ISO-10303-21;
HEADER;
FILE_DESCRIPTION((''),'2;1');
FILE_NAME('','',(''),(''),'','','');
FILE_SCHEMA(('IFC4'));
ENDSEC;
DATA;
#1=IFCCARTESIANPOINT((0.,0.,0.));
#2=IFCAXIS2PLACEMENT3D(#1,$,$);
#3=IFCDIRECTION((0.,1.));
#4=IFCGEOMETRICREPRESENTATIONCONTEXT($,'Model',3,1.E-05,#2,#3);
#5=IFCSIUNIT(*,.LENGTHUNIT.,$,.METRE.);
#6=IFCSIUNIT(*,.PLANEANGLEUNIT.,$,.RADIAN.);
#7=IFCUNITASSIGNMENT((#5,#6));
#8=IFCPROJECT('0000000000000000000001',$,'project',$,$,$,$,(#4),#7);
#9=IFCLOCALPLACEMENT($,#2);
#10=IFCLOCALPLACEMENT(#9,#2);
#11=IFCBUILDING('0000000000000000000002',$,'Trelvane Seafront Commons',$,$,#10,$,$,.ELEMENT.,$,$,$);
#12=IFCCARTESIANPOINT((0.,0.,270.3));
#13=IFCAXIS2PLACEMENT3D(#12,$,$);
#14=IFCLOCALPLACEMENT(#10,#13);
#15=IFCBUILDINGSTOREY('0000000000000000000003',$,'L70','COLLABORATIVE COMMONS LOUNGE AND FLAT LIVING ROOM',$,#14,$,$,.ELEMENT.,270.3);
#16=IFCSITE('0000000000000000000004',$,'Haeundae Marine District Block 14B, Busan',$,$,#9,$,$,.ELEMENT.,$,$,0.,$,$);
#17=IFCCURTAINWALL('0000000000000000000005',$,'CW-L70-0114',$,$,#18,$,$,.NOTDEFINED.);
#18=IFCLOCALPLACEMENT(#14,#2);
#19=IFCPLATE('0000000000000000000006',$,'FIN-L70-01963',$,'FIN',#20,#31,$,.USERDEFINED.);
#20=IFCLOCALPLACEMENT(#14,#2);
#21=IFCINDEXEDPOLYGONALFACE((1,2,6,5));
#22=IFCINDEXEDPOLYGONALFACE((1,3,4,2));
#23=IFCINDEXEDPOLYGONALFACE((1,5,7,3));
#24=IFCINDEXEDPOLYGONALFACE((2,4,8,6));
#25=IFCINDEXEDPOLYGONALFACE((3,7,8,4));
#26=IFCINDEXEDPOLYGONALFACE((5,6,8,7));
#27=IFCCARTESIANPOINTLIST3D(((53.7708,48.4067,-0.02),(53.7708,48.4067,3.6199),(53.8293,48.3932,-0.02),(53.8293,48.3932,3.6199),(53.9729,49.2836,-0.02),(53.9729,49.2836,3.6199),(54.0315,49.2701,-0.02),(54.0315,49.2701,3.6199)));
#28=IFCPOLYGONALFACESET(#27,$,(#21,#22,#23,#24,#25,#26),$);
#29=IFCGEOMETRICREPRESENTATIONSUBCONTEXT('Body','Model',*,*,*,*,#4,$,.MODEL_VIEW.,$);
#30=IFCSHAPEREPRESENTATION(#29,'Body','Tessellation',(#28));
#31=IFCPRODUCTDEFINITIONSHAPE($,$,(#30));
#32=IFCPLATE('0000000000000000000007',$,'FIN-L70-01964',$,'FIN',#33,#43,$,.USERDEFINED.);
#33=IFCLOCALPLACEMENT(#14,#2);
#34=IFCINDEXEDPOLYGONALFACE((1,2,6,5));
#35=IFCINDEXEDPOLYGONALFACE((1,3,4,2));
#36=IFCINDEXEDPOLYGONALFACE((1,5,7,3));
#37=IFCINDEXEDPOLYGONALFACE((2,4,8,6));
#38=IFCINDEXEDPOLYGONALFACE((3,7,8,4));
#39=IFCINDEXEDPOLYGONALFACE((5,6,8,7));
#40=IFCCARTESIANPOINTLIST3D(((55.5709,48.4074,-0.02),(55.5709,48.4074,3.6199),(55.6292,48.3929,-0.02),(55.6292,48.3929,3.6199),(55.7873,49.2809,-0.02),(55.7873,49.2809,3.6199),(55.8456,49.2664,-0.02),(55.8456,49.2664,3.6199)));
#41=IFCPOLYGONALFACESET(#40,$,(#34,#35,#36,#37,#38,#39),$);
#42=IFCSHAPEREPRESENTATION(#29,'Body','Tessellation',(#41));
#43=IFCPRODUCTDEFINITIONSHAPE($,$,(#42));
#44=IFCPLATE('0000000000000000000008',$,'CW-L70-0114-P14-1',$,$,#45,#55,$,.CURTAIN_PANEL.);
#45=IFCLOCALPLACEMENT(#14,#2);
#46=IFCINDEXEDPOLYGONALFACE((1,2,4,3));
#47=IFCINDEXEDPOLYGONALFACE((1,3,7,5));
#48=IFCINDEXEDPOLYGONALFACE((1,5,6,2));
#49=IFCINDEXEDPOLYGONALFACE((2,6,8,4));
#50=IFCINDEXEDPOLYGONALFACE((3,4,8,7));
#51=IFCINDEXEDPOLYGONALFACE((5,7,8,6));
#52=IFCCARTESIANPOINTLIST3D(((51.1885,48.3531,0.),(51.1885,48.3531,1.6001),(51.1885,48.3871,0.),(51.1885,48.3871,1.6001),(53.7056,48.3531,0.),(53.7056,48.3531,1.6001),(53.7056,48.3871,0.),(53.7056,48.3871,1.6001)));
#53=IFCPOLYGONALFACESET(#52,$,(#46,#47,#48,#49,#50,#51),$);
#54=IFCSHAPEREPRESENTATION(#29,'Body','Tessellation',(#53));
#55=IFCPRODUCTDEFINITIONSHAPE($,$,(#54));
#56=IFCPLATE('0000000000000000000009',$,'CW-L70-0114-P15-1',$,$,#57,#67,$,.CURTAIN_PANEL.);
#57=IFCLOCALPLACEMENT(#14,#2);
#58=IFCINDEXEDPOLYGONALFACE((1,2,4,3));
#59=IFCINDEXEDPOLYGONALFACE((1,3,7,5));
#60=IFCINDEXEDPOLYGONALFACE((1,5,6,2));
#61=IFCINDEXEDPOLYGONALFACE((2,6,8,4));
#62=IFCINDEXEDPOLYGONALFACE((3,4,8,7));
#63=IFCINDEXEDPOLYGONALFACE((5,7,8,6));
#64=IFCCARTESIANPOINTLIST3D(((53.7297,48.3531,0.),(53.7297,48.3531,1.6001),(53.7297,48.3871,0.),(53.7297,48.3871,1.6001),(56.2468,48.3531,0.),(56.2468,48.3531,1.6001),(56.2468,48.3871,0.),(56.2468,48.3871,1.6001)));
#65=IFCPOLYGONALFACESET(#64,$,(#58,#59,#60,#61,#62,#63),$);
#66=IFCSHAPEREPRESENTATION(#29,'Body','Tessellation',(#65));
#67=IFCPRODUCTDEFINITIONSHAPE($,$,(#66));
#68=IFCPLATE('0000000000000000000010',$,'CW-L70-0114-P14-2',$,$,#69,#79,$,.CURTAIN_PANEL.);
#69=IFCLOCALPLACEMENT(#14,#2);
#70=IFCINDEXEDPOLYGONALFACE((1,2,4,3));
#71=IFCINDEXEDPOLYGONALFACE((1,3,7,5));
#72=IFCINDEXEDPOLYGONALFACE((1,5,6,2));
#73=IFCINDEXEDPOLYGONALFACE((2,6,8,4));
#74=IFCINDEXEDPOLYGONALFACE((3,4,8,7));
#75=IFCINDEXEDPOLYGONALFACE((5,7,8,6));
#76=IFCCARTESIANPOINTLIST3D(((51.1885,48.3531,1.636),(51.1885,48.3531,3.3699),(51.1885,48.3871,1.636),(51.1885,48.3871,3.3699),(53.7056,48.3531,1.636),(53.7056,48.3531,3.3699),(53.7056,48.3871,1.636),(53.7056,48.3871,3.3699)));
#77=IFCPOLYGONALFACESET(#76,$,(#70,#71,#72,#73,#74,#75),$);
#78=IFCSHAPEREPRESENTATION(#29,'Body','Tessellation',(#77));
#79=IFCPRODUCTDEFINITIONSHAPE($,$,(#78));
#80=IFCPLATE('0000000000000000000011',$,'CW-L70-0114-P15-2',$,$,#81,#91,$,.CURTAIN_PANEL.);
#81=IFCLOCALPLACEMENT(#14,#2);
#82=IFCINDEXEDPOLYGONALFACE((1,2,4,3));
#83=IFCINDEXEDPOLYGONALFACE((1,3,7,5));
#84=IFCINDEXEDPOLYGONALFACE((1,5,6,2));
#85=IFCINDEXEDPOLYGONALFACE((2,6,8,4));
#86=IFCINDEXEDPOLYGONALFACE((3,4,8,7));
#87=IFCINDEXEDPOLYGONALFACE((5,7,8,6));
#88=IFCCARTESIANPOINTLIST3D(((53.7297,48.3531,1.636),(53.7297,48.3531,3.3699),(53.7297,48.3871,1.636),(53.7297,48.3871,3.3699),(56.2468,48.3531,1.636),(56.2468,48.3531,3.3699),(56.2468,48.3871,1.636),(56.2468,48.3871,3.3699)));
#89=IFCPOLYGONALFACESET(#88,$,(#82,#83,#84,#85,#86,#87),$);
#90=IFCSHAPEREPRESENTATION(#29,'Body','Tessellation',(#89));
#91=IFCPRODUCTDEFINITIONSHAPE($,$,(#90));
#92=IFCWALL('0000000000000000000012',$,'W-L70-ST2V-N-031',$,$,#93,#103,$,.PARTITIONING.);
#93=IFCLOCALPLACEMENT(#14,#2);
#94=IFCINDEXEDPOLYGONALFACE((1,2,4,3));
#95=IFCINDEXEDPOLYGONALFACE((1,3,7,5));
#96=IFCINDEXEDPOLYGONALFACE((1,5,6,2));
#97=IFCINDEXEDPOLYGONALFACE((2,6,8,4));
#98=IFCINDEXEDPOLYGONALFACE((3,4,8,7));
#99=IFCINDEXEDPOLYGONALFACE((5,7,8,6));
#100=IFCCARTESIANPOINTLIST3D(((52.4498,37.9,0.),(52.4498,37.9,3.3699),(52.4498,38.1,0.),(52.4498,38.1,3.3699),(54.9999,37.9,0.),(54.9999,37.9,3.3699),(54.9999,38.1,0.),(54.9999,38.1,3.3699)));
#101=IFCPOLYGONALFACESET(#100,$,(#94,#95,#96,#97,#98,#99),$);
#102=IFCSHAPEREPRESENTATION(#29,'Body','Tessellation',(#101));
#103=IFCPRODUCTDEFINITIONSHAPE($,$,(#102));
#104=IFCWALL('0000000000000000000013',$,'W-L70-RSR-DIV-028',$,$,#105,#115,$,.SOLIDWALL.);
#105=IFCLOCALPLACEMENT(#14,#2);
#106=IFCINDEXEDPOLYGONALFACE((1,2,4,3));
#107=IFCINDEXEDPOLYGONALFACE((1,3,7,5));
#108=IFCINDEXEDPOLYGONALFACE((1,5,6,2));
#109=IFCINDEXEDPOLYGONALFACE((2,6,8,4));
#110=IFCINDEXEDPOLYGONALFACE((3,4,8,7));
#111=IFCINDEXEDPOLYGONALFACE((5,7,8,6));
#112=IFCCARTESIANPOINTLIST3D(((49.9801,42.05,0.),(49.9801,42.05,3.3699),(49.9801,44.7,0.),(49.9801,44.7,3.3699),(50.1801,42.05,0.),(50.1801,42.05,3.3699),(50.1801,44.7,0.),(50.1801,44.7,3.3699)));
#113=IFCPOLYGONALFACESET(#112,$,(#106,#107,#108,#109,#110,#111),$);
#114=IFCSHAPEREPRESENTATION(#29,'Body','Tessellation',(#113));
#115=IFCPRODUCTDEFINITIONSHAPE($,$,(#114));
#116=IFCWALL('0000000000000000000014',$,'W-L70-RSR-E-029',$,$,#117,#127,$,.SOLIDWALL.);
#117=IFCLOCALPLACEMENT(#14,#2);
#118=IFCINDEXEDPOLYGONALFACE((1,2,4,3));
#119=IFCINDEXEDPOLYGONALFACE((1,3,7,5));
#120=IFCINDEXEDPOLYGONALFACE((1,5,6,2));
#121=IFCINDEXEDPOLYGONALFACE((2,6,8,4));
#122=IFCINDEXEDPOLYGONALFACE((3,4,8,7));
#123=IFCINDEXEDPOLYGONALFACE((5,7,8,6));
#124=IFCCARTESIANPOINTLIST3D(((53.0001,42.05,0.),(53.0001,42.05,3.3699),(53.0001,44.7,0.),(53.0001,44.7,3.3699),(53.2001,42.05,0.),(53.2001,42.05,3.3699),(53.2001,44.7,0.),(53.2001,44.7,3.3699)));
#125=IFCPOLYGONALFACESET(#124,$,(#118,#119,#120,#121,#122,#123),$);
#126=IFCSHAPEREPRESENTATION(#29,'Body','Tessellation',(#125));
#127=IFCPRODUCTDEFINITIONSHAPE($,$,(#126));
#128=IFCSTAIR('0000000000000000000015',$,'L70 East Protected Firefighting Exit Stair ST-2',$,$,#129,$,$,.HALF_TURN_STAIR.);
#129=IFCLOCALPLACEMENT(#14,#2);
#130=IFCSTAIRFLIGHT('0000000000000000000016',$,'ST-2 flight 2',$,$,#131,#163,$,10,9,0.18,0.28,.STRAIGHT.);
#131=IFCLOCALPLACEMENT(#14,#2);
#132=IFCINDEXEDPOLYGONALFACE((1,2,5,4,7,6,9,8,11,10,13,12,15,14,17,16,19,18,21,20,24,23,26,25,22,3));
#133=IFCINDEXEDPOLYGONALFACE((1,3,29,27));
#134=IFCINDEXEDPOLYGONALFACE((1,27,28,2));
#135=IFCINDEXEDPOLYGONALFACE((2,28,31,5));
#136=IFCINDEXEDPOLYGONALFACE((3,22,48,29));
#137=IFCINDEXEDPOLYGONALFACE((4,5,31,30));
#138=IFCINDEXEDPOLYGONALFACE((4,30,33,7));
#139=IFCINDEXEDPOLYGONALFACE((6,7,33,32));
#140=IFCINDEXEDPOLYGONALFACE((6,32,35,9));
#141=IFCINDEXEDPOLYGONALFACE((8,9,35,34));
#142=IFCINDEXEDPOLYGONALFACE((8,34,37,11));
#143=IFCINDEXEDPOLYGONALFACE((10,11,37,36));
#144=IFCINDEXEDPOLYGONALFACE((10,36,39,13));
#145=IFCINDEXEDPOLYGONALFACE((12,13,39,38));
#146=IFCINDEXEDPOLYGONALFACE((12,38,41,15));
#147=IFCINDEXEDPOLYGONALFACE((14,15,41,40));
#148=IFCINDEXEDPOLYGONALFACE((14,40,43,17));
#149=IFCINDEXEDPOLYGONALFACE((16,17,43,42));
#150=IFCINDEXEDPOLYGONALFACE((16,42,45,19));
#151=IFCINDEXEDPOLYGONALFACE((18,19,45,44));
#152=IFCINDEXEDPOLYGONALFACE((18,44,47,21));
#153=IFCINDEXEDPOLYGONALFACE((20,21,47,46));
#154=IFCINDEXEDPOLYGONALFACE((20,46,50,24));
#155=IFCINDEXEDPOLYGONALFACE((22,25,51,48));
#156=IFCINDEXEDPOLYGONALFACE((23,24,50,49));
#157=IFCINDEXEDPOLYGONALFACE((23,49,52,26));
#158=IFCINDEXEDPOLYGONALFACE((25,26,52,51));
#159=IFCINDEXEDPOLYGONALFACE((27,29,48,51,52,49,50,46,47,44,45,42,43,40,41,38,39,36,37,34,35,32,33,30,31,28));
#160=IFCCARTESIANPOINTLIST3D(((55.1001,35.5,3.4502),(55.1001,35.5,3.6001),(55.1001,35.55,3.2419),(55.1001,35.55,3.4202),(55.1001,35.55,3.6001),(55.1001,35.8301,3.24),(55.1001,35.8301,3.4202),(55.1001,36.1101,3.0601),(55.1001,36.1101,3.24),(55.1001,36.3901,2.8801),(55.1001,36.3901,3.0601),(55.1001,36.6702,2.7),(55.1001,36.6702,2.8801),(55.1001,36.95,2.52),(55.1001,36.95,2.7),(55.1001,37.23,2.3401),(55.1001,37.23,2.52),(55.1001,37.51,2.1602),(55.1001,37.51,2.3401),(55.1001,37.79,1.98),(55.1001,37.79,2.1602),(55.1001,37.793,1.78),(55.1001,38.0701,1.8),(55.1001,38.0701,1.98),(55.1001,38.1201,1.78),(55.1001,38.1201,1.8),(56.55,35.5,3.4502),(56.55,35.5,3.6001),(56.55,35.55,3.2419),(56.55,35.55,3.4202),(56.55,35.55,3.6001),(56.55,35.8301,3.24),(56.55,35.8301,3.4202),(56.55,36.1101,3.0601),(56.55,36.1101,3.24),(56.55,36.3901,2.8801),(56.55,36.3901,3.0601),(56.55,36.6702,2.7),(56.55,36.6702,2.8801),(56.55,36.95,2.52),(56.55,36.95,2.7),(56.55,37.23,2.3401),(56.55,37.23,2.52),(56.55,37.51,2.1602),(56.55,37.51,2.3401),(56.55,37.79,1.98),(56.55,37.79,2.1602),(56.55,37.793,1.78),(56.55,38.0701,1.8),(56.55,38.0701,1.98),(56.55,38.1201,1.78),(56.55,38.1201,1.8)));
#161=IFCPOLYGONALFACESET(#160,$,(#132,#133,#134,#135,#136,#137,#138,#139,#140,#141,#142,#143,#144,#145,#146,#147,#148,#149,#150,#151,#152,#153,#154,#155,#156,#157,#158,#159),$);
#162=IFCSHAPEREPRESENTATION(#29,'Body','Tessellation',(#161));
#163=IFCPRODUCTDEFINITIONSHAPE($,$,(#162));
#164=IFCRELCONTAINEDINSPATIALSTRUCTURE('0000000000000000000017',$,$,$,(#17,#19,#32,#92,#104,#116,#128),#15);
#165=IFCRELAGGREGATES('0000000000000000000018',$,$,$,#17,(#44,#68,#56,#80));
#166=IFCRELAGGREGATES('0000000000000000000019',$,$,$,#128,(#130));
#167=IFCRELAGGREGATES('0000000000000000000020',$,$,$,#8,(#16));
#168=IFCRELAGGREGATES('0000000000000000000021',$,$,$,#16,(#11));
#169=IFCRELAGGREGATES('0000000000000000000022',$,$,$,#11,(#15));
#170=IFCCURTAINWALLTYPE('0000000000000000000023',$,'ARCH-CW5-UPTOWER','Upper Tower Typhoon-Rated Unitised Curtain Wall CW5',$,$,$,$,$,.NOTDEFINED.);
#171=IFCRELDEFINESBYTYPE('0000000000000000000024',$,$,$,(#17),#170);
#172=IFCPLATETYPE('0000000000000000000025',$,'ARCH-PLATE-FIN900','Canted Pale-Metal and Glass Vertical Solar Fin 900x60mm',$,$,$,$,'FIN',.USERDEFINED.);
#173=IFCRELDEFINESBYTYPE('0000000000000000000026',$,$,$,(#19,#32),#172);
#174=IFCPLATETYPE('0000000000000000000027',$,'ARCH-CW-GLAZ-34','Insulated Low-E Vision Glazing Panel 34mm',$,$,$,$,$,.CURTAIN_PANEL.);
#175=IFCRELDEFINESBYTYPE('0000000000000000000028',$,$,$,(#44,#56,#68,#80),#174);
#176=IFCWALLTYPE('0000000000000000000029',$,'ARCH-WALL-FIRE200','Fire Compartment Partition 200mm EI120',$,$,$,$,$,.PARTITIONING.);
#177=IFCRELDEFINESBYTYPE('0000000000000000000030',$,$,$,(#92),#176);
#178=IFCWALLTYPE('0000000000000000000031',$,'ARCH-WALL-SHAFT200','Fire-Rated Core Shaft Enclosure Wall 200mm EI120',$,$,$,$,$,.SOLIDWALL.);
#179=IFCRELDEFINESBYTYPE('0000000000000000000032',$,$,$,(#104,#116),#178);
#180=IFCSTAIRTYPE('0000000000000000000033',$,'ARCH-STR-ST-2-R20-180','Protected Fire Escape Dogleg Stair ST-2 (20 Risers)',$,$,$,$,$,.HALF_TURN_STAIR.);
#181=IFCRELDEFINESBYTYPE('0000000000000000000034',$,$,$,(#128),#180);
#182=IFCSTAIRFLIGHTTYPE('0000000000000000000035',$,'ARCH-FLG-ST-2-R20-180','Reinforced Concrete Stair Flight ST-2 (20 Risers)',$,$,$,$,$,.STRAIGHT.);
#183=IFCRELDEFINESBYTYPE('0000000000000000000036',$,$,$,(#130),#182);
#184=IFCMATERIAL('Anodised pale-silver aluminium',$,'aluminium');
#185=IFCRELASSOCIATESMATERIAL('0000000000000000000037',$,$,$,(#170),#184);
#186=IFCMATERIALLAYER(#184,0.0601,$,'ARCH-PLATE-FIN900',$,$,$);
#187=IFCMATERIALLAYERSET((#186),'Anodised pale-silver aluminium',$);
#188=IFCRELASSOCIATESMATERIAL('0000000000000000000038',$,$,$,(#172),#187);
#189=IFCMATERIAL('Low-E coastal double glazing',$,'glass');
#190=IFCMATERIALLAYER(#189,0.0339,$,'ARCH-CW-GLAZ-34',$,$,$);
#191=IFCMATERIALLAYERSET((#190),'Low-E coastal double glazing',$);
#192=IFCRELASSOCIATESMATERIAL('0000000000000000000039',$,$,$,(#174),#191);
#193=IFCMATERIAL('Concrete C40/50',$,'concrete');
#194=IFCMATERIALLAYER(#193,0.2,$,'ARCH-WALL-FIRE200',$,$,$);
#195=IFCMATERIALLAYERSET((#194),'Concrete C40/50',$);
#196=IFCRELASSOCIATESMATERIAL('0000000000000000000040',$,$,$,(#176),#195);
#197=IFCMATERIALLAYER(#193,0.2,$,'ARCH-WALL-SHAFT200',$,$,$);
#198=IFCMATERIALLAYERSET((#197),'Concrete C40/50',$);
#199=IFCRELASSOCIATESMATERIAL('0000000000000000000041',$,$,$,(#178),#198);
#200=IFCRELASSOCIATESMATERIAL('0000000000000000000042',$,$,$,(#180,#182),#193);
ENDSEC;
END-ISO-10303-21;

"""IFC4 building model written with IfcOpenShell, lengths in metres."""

from ifc_helpers import new_model, si_unit, direction, frame, frame_2d, origin, origin_2d, place, context, subcontext, project, spatial, polyline, rectangle, outline, extrude, source, transform, mapped, material, layer, layer_set, type_object, element, aggregate, save


model = new_model("IFC4")

# Units and contexts
model_context = context("Model", 3, precision=1e-05, world=origin(), true_north=direction((0.0, 1.0)))
body_context = subcontext(model_context, "Body", "Model", "MODEL_VIEW")
ifc_project = project(units=[si_unit("LENGTHUNIT", "METRE"), si_unit("PLANEANGLEUNIT", "RADIAN")], contexts=[model_context])

# Site, building, storey
site_placement = place(None, origin())
site = spatial("IfcSite", under=ifc_project, at=site_placement, Name="Haeundae Marine District Block 14B, Busan", CompositionType="ELEMENT", RefElevation=0.0)
building_placement = place(site_placement, origin())
building = spatial("IfcBuilding", under=site, at=building_placement, Name="Trelvane Seafront Commons", CompositionType="ELEMENT")
storey_placement = place(building_placement, frame((0.0, 0.0, 270.3)))
storey = spatial("IfcBuildingStorey", under=building, at=storey_placement, Name="L70", Description="COLLABORATIVE COMMONS LOUNGE AND FLAT LIVING ROOM", CompositionType="ELEMENT", Elevation=270.3)

# Curtain wall
ifc_material_1 = material(Name="Anodised pale-silver aluminium", Category="aluminium")
curtain_wall_type = type_object("IfcCurtainWallType", Name="ARCH-CW5-UPTOWER", Description="Upper Tower Typhoon-Rated Unitised Curtain Wall CW5", PredefinedType="NOTDEFINED", material=ifc_material_1)
curtain_wall_placement = place(storey_placement, origin())
curtain_wall = element("IfcCurtainWall", 1, at=curtain_wall_placement, inside=storey, type_object=curtain_wall_type, Name="CW-L70-0114", PredefinedType="NOTDEFINED")

# Plates
ifc_layer_1 = layer(ifc_material_1, 0.0601, Name="ARCH-PLATE-FIN900")
ifc_layer_set_1 = layer_set([ifc_layer_1], Name="Anodised pale-silver aluminium")
plate_type_1 = type_object("IfcPlateType", Name="ARCH-PLATE-FIN900", Description="Canted Pale-Metal and Glass Vertical Solar Fin 900x60mm", ElementType="FIN", PredefinedType="USERDEFINED", material=ifc_layer_set_1)
shared_shape_1 = source(origin(), body_context, "Body", "SweptSolid", [
    extrude(rectangle(XDim=0.8999, YDim=0.0601, at=origin_2d()), origin(), (0.0, 0.0, 1.0), 3.6399),
])
for number, where, z_axis, x_axis, name in (
    (2, (53.9011, 48.8384, -0.02), (0.0, 0.0, 1.0), (0.224665, 0.974436, 0.0), "FIN-L70-01963"),
    (3, (55.7083, 48.8369, -0.02), (0.0, 0.0, 1.0), (0.240443, 0.970663, 0.0), "FIN-L70-01964"),
):
    element("IfcPlate", number, at=place(storey_placement, frame(where, z_axis=z_axis, x_axis=x_axis)), inside=storey, type_object=plate_type_1, Name=name, ObjectType="FIN", PredefinedType="USERDEFINED", context=body_context, shape_type="MappedRepresentation", body=[
        mapped(shared_shape_1, transform((0.0, 0.0, 0.0), x_axis=(1.0, 0.0, 0.0), y_axis=(0.0, 1.0, 0.0), z_axis=(0.0, 0.0, 1.0), scale=1.0)),
    ])

# Plates
ifc_material_2 = material(Name="Low-E coastal double glazing", Category="glass")
ifc_layer_2 = layer(ifc_material_2, 0.0339, Name="ARCH-CW-GLAZ-34")
ifc_layer_set_2 = layer_set([ifc_layer_2], Name="Low-E coastal double glazing")
plate_type_2 = type_object("IfcPlateType", Name="ARCH-CW-GLAZ-34", Description="Insulated Low-E Vision Glazing Panel 34mm", PredefinedType="CURTAIN_PANEL", material=ifc_layer_set_2)
shared_shape_2 = source(origin(), body_context, "Body", "SweptSolid", [
    extrude(rectangle(XDim=2.5171, YDim=0.0339, at=origin_2d()), origin(), (0.0, 0.0, 1.0), 1.6001),
])
plate_1_placement = place(storey_placement, frame((52.447, 48.3701, 0.0), z_axis=(0.0, 0.0, 1.0), x_axis=(1.0, 0.0, 0.0)))
plate_1 = element("IfcPlate", 4, at=plate_1_placement, type_object=plate_type_2, Name="CW-L70-0114-P14-1", PredefinedType="CURTAIN_PANEL", context=body_context, shape_type="MappedRepresentation", body=[
    mapped(shared_shape_2, transform((0.0, 0.0, 0.0), x_axis=(1.0, 0.0, 0.0), y_axis=(0.0, 1.0, 0.0), z_axis=(0.0, 0.0, 1.0), scale=1.0)),
])
plate_2_placement = place(storey_placement, frame((54.9883, 48.3701, 0.0), z_axis=(0.0, 0.0, 1.0), x_axis=(1.0, 0.0, 0.0)))
plate_2 = element("IfcPlate", 5, at=plate_2_placement, type_object=plate_type_2, Name="CW-L70-0114-P15-1", PredefinedType="CURTAIN_PANEL", context=body_context, shape_type="MappedRepresentation", body=[
    mapped(shared_shape_2, transform((0.0, 0.0, 0.0), x_axis=(1.0, 0.0, 0.0), y_axis=(0.0, 1.0, 0.0), z_axis=(0.0, 0.0, 1.0), scale=1.0)),
])
shared_shape_3 = source(origin(), body_context, "Body", "SweptSolid", [
    extrude(rectangle(XDim=2.5171, YDim=0.0339, at=origin_2d()), origin(), (0.0, 0.0, 1.0), 1.7339),
])
plate_3_placement = place(storey_placement, frame((52.447, 48.3701, 1.636), z_axis=(0.0, 0.0, 1.0), x_axis=(1.0, 0.0, 0.0)))
plate_3 = element("IfcPlate", 6, at=plate_3_placement, type_object=plate_type_2, Name="CW-L70-0114-P14-2", PredefinedType="CURTAIN_PANEL", context=body_context, shape_type="MappedRepresentation", body=[
    mapped(shared_shape_3, transform((0.0, 0.0, 0.0), x_axis=(1.0, 0.0, 0.0), y_axis=(0.0, 1.0, 0.0), z_axis=(0.0, 0.0, 1.0), scale=1.0)),
])
plate_4_placement = place(storey_placement, frame((54.9883, 48.3701, 1.636), z_axis=(0.0, 0.0, 1.0), x_axis=(1.0, 0.0, 0.0)))
plate_4 = element("IfcPlate", 7, at=plate_4_placement, type_object=plate_type_2, Name="CW-L70-0114-P15-2", PredefinedType="CURTAIN_PANEL", context=body_context, shape_type="MappedRepresentation", body=[
    mapped(shared_shape_3, transform((0.0, 0.0, 0.0), x_axis=(1.0, 0.0, 0.0), y_axis=(0.0, 1.0, 0.0), z_axis=(0.0, 0.0, 1.0), scale=1.0)),
])
aggregate(curtain_wall, [plate_1, plate_3, plate_2, plate_4])

# Walls
ifc_material_3 = material(Name="Concrete C40/50", Category="concrete")
ifc_layer_3 = layer(ifc_material_3, 0.2, Name="ARCH-WALL-FIRE200")
ifc_layer_set_3 = layer_set([ifc_layer_3], Name="Concrete C40/50")
wall_type_1 = type_object("IfcWallType", Name="ARCH-WALL-FIRE200", Description="Fire Compartment Partition 200mm EI120", PredefinedType="PARTITIONING", material=ifc_layer_set_3)
wall_placement = place(storey_placement, frame((52.45, 38.0, 0.0), z_axis=(0.0, 0.0, 1.0), x_axis=(1.0, 0.0, 0.0)))
element("IfcWall", 8, at=wall_placement, inside=storey, type_object=wall_type_1, Name="W-L70-ST2V-N-031", PredefinedType="PARTITIONING", context=body_context, shape_type="SweptSolid", body=[
    extrude(rectangle(XDim=2.55, YDim=0.2, at=frame_2d((1.2749, 0.0))), origin(), (0.0, 0.0, 1.0), 3.3699),
])
ifc_layer_4 = layer(ifc_material_3, 0.2, Name="ARCH-WALL-SHAFT200")
ifc_layer_set_4 = layer_set([ifc_layer_4], Name="Concrete C40/50")
wall_type_2 = type_object("IfcWallType", Name="ARCH-WALL-SHAFT200", Description="Fire-Rated Core Shaft Enclosure Wall 200mm EI120", PredefinedType="SOLIDWALL", material=ifc_layer_set_4)
for number, where, z_axis, x_axis, name in (
    (9, (50.0801, 42.05, 0.0), (0.0, 0.0, 1.0), (0.0, 1.0, 0.0), "W-L70-RSR-DIV-028"),
    (10, (53.1001, 42.05, 0.0), (0.0, 0.0, 1.0), (0.0, 1.0, 0.0), "W-L70-RSR-E-029"),
):
    element("IfcWall", number, at=place(storey_placement, frame(where, z_axis=z_axis, x_axis=x_axis)), inside=storey, type_object=wall_type_2, Name=name, PredefinedType="SOLIDWALL", context=body_context, shape_type="SweptSolid", body=[
        extrude(rectangle(XDim=2.6499, YDim=0.2, at=frame_2d((1.325, 0.0))), origin(), (0.0, 0.0, 1.0), 3.3699),
    ])

# Stair, stair flight
stair_type = type_object("IfcStairType", Name="ARCH-STR-ST-2-R20-180", Description="Protected Fire Escape Dogleg Stair ST-2 (20 Risers)", PredefinedType="HALF_TURN_STAIR", material=ifc_material_3)
stair_placement = place(storey_placement, origin())
stair = element("IfcStair", 11, at=stair_placement, inside=storey, type_object=stair_type, Name="L70 East Protected Firefighting Exit Stair ST-2", PredefinedType="HALF_TURN_STAIR")
stair_flight_type = type_object("IfcStairFlightType", Name="ARCH-FLG-ST-2-R20-180", Description="Reinforced Concrete Stair Flight ST-2 (20 Risers)", PredefinedType="STRAIGHT", material=ifc_material_3)
shared_shape_4 = source(origin(), body_context, "Body", "SweptSolid", [
    extrude(outline(polyline([(-0.05, -0.02), (-0.05, 0.0), (0.0, 0.0), (0.0, 0.1799), (0.28, 0.1799), (0.28, 0.3601), (0.5601, 0.3601), (0.5601, 0.54), (0.8401, 0.54), (0.8401, 0.72), (1.1201, 0.72), (1.1201, 0.8999), (1.3999, 0.8999), (1.3999, 1.0801), (1.6799, 1.0801), (1.6799, 1.26), (1.96, 1.26), (1.96, 1.4399), (2.24, 1.4399), (2.24, 1.6201), (2.52, 1.6201), (2.52, 1.8), (2.5701, 1.8), (2.5701, 1.6501), (2.52, 1.4419), (0.2771, -0.02), (-0.05, -0.02)])), frame((0.0, 0.7251, 0.0), z_axis=(0.0, -1.0, 0.0), x_axis=(1.0, 0.0, 0.0)), (0.0, 0.0, 1.0), 1.45),
])
stair_flight_placement = place(storey_placement, frame((55.825, 38.0701, 1.8), z_axis=(0.0, 0.0, 1.0), x_axis=(0.0, -1.0, 0.0)))
stair_flight = element("IfcStairFlight", 12, at=stair_flight_placement, type_object=stair_flight_type, Name="ST-2 flight 2", NumberOfRisers=10, NumberOfTreads=9, PredefinedType="STRAIGHT", RiserHeight=0.18, TreadLength=0.28, context=body_context, shape_type="MappedRepresentation", body=[
    mapped(shared_shape_4, transform((0.0, 0.0, 0.0), x_axis=(1.0, 0.0, 0.0), y_axis=(0.0, 1.0, 0.0), z_axis=(0.0, 0.0, 1.0), scale=1.0)),
])
aggregate(stair, [stair_flight])

save(model, "model.ifc")
